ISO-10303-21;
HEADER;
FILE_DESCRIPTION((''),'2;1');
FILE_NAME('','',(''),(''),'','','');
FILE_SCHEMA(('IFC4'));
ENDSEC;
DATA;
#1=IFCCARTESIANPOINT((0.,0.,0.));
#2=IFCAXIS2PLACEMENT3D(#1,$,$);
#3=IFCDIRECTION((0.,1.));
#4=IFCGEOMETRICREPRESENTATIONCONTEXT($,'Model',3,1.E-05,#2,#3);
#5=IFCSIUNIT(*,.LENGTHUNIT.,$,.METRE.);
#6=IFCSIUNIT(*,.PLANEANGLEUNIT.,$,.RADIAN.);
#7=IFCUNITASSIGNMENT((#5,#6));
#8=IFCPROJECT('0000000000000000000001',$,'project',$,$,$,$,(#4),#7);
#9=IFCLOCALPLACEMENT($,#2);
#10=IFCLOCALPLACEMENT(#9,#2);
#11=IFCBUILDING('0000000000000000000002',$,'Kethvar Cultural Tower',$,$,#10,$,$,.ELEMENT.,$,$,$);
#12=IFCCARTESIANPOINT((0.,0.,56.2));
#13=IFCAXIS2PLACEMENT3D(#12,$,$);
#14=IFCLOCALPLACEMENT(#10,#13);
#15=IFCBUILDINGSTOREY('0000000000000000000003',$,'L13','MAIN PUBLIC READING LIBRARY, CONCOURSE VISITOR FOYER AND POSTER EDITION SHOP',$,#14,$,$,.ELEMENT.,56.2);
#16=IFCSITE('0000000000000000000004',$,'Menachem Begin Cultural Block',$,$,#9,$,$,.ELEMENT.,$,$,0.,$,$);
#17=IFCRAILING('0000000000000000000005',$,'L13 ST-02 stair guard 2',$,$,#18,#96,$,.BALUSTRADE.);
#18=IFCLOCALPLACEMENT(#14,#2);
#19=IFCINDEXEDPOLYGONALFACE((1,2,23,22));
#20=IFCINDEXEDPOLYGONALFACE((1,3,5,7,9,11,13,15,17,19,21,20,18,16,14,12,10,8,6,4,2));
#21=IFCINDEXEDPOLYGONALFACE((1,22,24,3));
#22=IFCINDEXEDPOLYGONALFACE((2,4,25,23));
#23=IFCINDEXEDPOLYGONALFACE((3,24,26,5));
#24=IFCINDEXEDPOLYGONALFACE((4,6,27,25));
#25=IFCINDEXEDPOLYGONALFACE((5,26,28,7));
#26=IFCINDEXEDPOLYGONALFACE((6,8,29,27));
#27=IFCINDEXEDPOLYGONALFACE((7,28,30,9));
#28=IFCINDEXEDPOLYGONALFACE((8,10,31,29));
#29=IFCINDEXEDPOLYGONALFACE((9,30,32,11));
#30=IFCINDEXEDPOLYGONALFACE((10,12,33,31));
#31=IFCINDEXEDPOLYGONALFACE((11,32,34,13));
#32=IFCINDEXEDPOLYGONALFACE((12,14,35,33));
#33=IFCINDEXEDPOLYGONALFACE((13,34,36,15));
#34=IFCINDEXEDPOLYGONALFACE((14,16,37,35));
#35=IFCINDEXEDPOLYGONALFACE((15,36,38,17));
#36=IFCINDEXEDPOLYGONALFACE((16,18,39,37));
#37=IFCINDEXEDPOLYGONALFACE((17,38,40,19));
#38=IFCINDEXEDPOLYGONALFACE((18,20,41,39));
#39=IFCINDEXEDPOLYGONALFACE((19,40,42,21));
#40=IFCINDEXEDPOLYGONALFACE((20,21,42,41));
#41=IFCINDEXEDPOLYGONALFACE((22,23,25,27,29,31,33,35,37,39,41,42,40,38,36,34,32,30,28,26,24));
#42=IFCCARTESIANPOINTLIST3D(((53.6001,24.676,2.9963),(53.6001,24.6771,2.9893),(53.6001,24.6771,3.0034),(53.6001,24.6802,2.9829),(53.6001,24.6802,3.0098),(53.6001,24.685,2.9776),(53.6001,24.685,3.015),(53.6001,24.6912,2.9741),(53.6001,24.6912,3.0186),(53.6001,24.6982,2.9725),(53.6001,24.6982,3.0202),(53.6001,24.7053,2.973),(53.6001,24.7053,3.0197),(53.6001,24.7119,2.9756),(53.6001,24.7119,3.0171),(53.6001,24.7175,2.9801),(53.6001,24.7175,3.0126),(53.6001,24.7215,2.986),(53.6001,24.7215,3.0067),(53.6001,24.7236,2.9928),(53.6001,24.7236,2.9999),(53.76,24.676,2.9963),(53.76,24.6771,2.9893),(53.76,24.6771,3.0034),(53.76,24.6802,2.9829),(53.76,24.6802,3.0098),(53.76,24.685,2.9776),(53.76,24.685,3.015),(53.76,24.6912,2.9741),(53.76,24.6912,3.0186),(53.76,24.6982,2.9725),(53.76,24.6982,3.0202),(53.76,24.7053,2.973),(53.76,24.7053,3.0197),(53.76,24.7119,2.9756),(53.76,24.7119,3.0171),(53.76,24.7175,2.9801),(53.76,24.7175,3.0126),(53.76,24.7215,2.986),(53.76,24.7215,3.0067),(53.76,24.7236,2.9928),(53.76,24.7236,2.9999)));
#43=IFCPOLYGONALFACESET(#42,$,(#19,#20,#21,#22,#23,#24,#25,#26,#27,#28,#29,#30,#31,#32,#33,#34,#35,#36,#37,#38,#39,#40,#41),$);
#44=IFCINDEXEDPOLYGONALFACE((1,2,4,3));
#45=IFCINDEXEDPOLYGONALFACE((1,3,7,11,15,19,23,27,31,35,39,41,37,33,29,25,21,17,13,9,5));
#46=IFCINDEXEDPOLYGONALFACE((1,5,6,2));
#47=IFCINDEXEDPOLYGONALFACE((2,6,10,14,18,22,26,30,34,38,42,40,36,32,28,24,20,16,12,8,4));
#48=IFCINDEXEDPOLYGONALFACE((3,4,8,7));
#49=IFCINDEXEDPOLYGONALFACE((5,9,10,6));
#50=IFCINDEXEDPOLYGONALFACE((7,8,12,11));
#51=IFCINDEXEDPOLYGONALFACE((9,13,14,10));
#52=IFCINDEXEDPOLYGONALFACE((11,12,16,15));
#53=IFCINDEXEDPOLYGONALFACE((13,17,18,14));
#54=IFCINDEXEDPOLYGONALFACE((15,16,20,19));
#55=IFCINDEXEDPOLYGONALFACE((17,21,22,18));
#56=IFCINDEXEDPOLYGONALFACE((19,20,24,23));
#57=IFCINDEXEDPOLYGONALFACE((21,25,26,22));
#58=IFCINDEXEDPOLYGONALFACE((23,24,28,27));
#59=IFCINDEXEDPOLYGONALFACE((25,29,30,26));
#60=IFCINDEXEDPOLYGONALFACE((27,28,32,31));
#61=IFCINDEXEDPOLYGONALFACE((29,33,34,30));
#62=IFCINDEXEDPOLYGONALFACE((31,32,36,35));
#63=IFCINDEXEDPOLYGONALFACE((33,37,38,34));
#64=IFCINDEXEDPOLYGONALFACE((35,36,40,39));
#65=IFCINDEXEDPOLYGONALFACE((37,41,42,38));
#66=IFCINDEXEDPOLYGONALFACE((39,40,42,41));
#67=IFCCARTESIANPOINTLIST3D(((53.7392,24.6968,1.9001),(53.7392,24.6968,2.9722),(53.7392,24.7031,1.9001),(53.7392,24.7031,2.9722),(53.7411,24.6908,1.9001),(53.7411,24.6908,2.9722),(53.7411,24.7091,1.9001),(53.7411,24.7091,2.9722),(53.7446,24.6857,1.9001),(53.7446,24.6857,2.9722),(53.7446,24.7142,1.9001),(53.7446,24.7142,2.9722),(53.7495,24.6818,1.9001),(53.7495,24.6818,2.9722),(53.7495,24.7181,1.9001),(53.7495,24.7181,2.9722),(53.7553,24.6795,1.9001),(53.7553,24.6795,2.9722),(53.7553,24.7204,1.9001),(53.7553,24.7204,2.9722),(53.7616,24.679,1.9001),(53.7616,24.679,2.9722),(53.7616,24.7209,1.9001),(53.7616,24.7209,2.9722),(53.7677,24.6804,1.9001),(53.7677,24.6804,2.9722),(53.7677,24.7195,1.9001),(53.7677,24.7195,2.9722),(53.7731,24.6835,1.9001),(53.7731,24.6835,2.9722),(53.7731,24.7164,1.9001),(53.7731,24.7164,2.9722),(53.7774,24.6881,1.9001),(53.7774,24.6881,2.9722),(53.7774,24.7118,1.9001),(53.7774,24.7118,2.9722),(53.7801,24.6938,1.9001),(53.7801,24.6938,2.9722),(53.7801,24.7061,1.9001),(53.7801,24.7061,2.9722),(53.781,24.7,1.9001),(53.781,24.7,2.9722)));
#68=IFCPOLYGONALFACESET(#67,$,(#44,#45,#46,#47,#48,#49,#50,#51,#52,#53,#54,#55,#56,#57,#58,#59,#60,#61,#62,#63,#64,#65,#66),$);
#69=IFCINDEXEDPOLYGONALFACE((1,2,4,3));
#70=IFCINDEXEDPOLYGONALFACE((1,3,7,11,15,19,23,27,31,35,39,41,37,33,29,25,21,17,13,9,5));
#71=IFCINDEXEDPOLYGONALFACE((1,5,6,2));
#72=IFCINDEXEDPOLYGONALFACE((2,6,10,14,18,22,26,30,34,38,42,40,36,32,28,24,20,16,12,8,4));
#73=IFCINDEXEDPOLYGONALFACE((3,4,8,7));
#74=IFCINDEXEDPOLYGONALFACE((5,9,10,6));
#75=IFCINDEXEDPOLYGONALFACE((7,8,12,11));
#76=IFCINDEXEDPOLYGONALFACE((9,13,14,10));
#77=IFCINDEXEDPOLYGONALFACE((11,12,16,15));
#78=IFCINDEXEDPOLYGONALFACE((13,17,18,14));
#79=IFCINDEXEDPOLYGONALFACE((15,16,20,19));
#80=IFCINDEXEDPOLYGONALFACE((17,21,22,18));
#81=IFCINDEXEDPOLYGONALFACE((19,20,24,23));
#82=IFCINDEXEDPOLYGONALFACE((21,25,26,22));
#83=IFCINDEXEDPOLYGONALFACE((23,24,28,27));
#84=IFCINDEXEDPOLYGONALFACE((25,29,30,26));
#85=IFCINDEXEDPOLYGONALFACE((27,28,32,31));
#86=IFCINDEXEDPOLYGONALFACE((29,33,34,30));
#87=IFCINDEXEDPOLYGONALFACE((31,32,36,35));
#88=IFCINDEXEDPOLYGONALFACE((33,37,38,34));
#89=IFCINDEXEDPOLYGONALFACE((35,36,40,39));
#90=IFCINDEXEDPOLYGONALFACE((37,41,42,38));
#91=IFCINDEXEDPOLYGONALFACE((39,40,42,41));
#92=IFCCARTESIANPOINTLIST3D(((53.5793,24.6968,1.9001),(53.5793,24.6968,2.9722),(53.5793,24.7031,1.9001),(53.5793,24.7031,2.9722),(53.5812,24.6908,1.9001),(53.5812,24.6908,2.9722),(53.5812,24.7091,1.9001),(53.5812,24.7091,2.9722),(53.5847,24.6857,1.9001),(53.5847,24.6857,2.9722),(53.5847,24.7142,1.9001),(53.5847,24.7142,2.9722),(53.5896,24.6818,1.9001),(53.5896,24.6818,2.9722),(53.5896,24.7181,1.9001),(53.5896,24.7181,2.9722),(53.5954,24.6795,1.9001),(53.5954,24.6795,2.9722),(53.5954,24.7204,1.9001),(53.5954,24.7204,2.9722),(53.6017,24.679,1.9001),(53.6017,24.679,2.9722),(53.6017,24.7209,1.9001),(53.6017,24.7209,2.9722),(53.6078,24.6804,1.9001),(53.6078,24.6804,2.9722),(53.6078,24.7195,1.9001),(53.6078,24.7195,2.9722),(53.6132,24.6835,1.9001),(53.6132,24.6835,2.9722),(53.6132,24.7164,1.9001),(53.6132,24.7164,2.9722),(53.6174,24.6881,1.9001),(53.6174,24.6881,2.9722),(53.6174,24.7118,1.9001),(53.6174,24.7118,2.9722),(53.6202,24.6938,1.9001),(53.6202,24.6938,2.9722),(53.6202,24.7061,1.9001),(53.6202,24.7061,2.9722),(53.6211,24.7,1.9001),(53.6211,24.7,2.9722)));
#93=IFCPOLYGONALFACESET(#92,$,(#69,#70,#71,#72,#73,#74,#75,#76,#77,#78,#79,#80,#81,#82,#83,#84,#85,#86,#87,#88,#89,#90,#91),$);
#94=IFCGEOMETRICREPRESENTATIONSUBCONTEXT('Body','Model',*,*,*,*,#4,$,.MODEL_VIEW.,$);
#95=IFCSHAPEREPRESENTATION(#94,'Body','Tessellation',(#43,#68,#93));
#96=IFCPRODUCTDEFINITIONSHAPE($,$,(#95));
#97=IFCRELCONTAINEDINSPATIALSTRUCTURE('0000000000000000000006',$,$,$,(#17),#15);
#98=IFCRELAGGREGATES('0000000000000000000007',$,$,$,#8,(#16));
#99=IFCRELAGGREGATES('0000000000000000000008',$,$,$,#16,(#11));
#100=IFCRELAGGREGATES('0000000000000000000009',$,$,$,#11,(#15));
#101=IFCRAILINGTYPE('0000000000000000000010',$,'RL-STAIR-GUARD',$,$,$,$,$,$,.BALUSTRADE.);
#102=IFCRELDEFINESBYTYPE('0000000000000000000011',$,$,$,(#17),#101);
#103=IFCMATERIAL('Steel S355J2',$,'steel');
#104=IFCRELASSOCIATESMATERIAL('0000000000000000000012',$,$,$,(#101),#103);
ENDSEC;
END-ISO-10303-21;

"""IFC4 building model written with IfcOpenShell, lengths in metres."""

from ifc_helpers import new_model, si_unit, direction, frame, origin, origin_2d, place, context, subcontext, project, spatial, circle, extrude, material, type_object, element, save


model = new_model("IFC4")

# Units and contexts
model_context = context("Model", 3, precision=1e-05, world=origin(), true_north=direction((0.0, 1.0)))
body_context = subcontext(model_context, "Body", "Model", "MODEL_VIEW")
ifc_project = project(units=[si_unit("LENGTHUNIT", "METRE"), si_unit("PLANEANGLEUNIT", "RADIAN")], contexts=[model_context])

# Site, building, storey
site_placement = place(None, origin())
site = spatial("IfcSite", under=ifc_project, at=site_placement, Name="Menachem Begin Cultural Block", CompositionType="ELEMENT", RefElevation=0.0)
building_placement = place(site_placement, origin())
building = spatial("IfcBuilding", under=site, at=building_placement, Name="Kethvar Cultural Tower", CompositionType="ELEMENT")
storey_placement = place(building_placement, frame((0.0, 0.0, 56.2)))
storey = spatial("IfcBuildingStorey", under=building, at=storey_placement, Name="L13", Description="MAIN PUBLIC READING LIBRARY, CONCOURSE VISITOR FOYER AND POSTER EDITION SHOP", CompositionType="ELEMENT", Elevation=56.2)

# Shared definitions
ifc_material_1 = material(Name="Steel S355J2", Category="steel")

# Railing
railing_type_1 = type_object("IfcRailingType", Name="RL-STAIR-GUARD", PredefinedType="BALUSTRADE", material=ifc_material_1)
railing_1_placement = place(storey_placement, frame((53.76, 24.7, 1.9001)))
element("IfcRailing", 1, at=railing_1_placement, inside=storey, type_object=railing_type_1, Name="L13 ST-02 stair guard 2", PredefinedType="BALUSTRADE", context=body_context, shape_type="SweptSolid", body=[
    extrude(circle(Radius=0.0239, at=origin_2d()), frame((0.0, 0.0, 1.0962), z_axis=(-1.0, 0.0, 0.0), x_axis=(0.0, -1.0, 0.0)), (0.0, 0.0, 1.0), 0.1599),
    extrude(circle(Radius=0.021, at=origin_2d()), origin(), (0.0, 0.0, 1.0), 1.072),
    extrude(circle(Radius=0.021, at=origin_2d()), frame((-0.1599, 0.0, 0.0)), (0.0, 0.0, 1.0), 1.072),
])

save(model, "model.ifc")
